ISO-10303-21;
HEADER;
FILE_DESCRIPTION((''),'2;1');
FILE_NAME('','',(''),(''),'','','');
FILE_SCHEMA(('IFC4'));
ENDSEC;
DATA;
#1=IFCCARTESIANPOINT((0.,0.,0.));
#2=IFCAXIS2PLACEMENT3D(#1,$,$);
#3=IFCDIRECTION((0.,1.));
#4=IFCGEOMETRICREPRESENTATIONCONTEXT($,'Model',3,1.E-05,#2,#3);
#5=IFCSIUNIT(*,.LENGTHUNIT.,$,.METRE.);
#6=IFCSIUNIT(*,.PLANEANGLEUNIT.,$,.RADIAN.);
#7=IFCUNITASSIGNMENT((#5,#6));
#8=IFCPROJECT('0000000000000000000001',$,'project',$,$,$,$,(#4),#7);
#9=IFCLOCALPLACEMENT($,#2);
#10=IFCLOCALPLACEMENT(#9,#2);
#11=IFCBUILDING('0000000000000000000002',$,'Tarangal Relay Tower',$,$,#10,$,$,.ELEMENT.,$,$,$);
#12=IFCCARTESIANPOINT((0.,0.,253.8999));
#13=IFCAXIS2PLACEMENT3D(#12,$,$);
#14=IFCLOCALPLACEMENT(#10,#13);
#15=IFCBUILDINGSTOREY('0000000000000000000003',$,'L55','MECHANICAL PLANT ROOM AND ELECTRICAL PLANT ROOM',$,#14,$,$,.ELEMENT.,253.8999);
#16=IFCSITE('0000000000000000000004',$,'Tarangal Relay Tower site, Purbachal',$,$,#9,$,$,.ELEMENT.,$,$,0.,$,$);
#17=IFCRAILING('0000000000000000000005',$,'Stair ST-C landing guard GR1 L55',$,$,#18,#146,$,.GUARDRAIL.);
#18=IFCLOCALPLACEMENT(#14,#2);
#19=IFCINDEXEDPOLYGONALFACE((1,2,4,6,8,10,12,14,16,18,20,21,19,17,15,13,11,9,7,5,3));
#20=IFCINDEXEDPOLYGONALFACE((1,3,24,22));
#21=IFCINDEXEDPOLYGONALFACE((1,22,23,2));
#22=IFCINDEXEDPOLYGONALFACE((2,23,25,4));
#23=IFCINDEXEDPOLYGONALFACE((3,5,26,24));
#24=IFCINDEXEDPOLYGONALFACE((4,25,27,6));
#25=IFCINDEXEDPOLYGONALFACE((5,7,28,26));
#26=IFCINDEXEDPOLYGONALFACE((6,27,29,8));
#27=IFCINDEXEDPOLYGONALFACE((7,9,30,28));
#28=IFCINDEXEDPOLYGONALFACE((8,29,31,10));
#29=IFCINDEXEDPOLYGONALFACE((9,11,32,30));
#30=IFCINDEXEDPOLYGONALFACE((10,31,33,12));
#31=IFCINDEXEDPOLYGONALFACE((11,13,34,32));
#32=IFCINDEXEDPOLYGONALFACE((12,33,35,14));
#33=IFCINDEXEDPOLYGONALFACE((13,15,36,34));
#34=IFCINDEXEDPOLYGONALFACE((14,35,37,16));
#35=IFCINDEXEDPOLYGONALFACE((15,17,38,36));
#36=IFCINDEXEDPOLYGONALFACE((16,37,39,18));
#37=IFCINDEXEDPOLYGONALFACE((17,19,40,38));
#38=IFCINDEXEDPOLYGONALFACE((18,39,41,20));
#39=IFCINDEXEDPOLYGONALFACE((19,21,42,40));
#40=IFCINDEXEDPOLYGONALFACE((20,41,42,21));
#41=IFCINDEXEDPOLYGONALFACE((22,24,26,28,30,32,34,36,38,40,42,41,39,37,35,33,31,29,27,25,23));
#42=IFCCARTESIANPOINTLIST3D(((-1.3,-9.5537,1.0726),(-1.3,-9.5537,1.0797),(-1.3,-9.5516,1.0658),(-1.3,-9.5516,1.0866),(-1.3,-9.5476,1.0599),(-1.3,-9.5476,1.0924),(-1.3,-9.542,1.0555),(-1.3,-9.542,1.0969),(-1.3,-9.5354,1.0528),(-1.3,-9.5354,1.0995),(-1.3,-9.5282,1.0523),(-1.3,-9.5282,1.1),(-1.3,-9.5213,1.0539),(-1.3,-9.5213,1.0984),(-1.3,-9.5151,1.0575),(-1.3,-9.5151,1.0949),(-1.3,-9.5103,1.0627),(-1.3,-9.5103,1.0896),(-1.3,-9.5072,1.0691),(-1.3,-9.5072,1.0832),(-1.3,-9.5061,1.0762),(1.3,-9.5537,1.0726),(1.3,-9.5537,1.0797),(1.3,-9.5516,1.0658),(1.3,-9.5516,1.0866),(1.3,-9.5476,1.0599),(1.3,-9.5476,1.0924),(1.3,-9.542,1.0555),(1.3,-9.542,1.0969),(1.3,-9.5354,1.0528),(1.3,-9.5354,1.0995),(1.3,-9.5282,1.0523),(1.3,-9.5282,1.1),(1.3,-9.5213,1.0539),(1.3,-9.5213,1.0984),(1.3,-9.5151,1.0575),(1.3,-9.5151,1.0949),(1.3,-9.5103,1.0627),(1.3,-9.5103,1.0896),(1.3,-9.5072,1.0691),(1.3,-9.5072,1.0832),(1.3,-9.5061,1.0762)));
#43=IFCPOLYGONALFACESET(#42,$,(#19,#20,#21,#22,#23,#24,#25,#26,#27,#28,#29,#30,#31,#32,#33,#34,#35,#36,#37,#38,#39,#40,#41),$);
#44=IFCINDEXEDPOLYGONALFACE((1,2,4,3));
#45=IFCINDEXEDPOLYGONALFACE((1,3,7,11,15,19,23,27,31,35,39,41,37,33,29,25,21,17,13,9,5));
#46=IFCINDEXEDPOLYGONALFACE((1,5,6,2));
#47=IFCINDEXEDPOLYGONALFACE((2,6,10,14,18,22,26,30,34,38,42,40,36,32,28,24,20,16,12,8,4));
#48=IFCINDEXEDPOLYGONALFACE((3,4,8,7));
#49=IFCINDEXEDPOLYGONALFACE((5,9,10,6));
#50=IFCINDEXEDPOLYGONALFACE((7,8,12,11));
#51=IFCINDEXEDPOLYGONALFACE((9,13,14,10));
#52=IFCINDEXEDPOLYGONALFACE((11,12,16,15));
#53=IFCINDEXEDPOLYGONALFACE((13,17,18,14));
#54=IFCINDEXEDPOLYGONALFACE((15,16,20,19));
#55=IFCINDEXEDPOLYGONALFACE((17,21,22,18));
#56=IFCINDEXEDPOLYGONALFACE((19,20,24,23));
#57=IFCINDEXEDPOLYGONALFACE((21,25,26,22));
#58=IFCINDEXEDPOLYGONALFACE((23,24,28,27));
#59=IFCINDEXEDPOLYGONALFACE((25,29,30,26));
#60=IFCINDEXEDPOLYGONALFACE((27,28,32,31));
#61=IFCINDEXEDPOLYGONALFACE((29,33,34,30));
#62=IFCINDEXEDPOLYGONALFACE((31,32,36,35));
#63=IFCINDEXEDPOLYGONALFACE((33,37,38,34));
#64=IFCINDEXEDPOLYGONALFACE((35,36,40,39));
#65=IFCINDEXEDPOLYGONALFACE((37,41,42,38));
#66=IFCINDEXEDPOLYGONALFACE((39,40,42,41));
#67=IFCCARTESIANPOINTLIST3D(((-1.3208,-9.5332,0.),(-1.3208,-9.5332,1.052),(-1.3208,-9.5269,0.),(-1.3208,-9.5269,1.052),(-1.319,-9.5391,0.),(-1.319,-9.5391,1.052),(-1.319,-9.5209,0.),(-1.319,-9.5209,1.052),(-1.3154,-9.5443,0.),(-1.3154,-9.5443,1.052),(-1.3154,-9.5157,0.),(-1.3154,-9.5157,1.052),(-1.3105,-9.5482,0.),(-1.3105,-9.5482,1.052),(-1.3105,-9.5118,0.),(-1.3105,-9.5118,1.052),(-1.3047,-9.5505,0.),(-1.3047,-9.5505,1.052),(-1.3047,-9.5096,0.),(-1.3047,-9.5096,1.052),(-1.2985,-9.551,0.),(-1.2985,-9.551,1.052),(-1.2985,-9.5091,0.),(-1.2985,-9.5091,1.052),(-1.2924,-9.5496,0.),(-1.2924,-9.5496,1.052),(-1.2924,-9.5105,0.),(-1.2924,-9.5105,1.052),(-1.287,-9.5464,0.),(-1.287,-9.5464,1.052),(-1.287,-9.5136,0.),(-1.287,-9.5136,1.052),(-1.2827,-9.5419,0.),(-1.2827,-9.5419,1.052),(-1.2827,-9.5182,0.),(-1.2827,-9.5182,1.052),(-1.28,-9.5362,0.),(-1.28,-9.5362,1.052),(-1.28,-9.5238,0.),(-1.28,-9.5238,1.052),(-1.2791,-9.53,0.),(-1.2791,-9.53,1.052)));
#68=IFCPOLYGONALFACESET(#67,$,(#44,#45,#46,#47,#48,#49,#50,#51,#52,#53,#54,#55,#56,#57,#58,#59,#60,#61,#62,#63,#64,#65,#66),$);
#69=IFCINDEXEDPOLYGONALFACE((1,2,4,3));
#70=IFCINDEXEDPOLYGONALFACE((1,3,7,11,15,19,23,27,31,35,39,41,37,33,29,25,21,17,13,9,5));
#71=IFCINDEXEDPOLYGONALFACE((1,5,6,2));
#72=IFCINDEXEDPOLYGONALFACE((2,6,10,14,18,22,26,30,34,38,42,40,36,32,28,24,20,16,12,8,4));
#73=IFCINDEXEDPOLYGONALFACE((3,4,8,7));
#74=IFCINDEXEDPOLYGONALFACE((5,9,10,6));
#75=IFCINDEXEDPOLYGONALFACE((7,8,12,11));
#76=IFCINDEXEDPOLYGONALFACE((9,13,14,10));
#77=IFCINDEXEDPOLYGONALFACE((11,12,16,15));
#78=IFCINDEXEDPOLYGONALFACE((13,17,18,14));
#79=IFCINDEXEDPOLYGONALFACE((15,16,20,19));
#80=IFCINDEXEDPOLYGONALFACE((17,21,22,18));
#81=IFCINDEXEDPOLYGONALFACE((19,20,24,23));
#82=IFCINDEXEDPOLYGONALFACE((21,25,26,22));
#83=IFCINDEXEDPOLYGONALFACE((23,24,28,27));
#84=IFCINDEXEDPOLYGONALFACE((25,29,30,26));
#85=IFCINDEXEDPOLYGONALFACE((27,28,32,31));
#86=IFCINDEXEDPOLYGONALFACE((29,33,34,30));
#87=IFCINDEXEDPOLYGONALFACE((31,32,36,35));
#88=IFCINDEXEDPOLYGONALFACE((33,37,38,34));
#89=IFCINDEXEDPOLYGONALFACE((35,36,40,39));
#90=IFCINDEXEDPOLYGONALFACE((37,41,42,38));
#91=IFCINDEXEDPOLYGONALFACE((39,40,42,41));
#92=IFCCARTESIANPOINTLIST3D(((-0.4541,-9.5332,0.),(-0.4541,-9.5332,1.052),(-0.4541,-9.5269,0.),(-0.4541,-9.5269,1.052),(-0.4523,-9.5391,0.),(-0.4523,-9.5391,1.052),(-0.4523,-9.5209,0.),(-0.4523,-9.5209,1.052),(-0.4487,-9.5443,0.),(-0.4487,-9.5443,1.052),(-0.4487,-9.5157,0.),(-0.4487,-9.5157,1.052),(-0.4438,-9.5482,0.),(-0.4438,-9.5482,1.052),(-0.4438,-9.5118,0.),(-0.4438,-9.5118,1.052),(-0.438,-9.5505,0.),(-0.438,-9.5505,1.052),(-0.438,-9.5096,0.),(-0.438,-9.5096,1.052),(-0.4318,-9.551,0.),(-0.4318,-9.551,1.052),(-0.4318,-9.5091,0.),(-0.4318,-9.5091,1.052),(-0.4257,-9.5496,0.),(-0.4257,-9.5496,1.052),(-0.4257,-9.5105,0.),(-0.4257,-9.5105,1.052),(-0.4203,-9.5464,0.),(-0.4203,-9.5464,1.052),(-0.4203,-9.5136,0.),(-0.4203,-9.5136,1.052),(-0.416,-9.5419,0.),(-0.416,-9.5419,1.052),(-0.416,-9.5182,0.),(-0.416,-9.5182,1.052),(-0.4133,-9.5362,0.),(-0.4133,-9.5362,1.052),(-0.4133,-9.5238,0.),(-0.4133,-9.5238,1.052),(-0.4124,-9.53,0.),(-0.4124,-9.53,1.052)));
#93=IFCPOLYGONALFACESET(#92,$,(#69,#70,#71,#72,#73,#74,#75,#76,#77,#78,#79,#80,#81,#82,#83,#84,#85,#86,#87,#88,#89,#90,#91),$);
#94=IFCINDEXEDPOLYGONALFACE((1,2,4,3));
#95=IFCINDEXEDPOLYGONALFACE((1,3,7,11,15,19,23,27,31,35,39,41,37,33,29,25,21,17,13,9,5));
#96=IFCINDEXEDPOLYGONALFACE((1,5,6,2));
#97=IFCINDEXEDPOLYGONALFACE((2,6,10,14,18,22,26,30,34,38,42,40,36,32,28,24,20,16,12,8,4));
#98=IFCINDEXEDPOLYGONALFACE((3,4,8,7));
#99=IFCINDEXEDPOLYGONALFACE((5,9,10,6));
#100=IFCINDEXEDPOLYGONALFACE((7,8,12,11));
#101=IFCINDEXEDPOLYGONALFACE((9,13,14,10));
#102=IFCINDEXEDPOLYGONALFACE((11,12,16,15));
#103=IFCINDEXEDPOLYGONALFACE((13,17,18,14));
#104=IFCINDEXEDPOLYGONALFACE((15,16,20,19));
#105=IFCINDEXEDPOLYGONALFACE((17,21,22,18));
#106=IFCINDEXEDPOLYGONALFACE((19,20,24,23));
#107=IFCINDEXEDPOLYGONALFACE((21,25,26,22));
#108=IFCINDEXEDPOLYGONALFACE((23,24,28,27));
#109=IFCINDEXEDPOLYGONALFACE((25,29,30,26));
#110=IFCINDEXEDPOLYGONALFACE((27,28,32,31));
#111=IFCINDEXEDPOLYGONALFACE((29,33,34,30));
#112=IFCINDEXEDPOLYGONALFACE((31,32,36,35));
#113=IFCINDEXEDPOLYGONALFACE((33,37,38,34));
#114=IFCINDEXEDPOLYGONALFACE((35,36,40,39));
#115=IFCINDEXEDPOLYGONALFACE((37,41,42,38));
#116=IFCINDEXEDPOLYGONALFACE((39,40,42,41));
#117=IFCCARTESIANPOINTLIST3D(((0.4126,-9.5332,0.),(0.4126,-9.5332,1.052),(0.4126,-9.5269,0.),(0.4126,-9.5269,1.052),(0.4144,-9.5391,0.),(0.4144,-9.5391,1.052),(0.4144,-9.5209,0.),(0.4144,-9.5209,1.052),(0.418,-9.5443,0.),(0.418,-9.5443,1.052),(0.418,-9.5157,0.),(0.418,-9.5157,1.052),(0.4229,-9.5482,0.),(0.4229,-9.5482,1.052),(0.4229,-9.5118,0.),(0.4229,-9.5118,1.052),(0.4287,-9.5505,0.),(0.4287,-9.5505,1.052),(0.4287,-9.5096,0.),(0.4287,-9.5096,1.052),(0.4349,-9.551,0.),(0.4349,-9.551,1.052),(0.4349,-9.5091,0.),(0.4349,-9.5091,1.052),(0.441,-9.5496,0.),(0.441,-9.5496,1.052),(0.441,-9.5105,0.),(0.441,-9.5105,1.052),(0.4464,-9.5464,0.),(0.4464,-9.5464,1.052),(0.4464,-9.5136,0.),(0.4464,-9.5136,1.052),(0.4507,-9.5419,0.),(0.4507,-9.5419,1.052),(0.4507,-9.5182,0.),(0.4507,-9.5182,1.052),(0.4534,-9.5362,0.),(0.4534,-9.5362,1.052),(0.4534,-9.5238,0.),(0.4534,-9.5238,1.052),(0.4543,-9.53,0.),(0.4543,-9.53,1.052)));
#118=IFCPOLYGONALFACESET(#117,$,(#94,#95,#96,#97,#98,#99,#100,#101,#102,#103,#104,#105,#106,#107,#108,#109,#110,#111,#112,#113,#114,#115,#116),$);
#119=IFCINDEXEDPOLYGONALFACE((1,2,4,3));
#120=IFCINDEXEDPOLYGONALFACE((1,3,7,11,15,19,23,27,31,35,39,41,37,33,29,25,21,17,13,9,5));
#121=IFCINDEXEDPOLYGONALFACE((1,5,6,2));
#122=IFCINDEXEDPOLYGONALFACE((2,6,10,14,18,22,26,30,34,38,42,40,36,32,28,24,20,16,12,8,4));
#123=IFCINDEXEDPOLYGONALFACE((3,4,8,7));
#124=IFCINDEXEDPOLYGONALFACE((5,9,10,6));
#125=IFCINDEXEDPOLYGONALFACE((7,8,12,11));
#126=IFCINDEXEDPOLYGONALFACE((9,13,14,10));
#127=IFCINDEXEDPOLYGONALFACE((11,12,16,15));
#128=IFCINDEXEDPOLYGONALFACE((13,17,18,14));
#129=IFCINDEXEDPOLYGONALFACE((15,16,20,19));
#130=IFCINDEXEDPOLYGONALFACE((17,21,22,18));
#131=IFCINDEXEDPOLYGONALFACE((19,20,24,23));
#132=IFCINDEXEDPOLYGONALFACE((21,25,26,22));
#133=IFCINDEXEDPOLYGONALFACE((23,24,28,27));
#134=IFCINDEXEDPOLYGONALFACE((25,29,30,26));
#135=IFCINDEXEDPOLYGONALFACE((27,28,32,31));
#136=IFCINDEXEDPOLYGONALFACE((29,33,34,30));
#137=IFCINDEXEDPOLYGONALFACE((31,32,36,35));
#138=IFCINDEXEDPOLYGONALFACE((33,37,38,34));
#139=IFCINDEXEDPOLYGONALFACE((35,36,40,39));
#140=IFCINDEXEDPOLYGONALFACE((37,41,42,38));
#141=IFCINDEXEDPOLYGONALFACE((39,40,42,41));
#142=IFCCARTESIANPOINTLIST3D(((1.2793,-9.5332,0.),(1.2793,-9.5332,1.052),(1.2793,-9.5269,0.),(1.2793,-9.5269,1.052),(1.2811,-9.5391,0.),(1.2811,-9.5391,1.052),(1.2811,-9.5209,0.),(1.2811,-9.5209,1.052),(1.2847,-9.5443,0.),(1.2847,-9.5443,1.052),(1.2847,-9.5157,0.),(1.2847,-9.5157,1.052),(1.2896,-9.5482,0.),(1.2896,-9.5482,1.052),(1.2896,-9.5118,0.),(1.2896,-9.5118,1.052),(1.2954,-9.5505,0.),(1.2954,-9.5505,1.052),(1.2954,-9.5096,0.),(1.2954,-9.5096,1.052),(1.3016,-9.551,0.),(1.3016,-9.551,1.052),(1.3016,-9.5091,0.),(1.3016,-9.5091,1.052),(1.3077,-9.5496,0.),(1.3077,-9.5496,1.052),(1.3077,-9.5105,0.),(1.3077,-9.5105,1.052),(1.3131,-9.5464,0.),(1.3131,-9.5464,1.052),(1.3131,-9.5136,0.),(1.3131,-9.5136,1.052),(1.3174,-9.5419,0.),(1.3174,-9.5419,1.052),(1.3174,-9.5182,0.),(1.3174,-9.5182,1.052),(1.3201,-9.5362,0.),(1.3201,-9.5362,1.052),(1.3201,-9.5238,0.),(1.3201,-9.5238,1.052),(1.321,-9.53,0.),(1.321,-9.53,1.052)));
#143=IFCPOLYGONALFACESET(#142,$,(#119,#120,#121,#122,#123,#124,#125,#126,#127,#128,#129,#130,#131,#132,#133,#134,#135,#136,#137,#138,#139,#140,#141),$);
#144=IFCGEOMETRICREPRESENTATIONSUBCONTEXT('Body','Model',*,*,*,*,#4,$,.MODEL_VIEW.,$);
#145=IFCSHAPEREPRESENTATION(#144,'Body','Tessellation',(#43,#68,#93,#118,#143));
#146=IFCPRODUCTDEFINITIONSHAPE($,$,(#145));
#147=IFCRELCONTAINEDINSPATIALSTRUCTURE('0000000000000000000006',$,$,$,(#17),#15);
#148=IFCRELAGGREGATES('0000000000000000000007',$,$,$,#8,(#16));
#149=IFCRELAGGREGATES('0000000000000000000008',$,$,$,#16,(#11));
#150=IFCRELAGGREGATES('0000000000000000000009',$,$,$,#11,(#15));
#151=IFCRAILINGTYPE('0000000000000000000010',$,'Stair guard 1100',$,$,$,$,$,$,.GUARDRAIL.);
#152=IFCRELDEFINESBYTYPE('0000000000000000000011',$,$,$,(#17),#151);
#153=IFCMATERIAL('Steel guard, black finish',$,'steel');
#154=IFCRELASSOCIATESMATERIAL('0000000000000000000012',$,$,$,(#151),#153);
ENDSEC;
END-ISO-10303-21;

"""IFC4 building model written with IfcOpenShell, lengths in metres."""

from ifc_helpers import new_model, si_unit, direction, frame, origin, origin_2d, place, context, subcontext, project, spatial, circle, extrude, material, type_object, element, save


model = new_model("IFC4")

# Units and contexts
model_context = context("Model", 3, precision=1e-05, world=origin(), true_north=direction((0.0, 1.0)))
body_context = subcontext(model_context, "Body", "Model", "MODEL_VIEW")
ifc_project = project(units=[si_unit("LENGTHUNIT", "METRE"), si_unit("PLANEANGLEUNIT", "RADIAN")], contexts=[model_context])

# Site, building, storey
site_placement = place(None, origin())
site = spatial("IfcSite", under=ifc_project, at=site_placement, Name="Tarangal Relay Tower site, Purbachal", CompositionType="ELEMENT", RefElevation=0.0)
building_placement = place(site_placement, origin())
building = spatial("IfcBuilding", under=site, at=building_placement, Name="Tarangal Relay Tower", CompositionType="ELEMENT")
storey_placement = place(building_placement, frame((0.0, 0.0, 253.8999)))
storey = spatial("IfcBuildingStorey", under=building, at=storey_placement, Name="L55", Description="MECHANICAL PLANT ROOM AND ELECTRICAL PLANT ROOM", CompositionType="ELEMENT", Elevation=253.8999)

# Railing
ifc_material_1 = material(Name="Steel guard, black finish", Category="steel")
railing_type = type_object("IfcRailingType", Name="Stair guard 1100", PredefinedType="GUARDRAIL", material=ifc_material_1)
railing_placement = place(storey_placement, frame((-1.3, -9.53, 0.0)))
element("IfcRailing", 1, at=railing_placement, inside=storey, type_object=railing_type, Name="Stair ST-C landing guard GR1 L55", PredefinedType="GUARDRAIL", context=body_context, shape_type="SweptSolid", body=[
    extrude(circle(Radius=0.0239, at=origin_2d()), frame((0.0, 0.0, 1.0762), z_axis=(1.0, 0.0, 0.0), x_axis=(0.0, 1.0, 0.0)), (0.0, 0.0, 1.0), 2.6001),
    extrude(circle(Radius=0.021, at=origin_2d()), origin(), (0.0, 0.0, 1.0), 1.052),
    extrude(circle(Radius=0.021, at=origin_2d()), frame((0.8667, 0.0, 0.0)), (0.0, 0.0, 1.0), 1.052),
    extrude(circle(Radius=0.021, at=origin_2d()), frame((1.7334, 0.0, 0.0)), (0.0, 0.0, 1.0), 1.052),
    extrude(circle(Radius=0.021, at=origin_2d()), frame((2.6001, 0.0, 0.0)), (0.0, 0.0, 1.0), 1.052),
])

save(model, "model.ifc")
